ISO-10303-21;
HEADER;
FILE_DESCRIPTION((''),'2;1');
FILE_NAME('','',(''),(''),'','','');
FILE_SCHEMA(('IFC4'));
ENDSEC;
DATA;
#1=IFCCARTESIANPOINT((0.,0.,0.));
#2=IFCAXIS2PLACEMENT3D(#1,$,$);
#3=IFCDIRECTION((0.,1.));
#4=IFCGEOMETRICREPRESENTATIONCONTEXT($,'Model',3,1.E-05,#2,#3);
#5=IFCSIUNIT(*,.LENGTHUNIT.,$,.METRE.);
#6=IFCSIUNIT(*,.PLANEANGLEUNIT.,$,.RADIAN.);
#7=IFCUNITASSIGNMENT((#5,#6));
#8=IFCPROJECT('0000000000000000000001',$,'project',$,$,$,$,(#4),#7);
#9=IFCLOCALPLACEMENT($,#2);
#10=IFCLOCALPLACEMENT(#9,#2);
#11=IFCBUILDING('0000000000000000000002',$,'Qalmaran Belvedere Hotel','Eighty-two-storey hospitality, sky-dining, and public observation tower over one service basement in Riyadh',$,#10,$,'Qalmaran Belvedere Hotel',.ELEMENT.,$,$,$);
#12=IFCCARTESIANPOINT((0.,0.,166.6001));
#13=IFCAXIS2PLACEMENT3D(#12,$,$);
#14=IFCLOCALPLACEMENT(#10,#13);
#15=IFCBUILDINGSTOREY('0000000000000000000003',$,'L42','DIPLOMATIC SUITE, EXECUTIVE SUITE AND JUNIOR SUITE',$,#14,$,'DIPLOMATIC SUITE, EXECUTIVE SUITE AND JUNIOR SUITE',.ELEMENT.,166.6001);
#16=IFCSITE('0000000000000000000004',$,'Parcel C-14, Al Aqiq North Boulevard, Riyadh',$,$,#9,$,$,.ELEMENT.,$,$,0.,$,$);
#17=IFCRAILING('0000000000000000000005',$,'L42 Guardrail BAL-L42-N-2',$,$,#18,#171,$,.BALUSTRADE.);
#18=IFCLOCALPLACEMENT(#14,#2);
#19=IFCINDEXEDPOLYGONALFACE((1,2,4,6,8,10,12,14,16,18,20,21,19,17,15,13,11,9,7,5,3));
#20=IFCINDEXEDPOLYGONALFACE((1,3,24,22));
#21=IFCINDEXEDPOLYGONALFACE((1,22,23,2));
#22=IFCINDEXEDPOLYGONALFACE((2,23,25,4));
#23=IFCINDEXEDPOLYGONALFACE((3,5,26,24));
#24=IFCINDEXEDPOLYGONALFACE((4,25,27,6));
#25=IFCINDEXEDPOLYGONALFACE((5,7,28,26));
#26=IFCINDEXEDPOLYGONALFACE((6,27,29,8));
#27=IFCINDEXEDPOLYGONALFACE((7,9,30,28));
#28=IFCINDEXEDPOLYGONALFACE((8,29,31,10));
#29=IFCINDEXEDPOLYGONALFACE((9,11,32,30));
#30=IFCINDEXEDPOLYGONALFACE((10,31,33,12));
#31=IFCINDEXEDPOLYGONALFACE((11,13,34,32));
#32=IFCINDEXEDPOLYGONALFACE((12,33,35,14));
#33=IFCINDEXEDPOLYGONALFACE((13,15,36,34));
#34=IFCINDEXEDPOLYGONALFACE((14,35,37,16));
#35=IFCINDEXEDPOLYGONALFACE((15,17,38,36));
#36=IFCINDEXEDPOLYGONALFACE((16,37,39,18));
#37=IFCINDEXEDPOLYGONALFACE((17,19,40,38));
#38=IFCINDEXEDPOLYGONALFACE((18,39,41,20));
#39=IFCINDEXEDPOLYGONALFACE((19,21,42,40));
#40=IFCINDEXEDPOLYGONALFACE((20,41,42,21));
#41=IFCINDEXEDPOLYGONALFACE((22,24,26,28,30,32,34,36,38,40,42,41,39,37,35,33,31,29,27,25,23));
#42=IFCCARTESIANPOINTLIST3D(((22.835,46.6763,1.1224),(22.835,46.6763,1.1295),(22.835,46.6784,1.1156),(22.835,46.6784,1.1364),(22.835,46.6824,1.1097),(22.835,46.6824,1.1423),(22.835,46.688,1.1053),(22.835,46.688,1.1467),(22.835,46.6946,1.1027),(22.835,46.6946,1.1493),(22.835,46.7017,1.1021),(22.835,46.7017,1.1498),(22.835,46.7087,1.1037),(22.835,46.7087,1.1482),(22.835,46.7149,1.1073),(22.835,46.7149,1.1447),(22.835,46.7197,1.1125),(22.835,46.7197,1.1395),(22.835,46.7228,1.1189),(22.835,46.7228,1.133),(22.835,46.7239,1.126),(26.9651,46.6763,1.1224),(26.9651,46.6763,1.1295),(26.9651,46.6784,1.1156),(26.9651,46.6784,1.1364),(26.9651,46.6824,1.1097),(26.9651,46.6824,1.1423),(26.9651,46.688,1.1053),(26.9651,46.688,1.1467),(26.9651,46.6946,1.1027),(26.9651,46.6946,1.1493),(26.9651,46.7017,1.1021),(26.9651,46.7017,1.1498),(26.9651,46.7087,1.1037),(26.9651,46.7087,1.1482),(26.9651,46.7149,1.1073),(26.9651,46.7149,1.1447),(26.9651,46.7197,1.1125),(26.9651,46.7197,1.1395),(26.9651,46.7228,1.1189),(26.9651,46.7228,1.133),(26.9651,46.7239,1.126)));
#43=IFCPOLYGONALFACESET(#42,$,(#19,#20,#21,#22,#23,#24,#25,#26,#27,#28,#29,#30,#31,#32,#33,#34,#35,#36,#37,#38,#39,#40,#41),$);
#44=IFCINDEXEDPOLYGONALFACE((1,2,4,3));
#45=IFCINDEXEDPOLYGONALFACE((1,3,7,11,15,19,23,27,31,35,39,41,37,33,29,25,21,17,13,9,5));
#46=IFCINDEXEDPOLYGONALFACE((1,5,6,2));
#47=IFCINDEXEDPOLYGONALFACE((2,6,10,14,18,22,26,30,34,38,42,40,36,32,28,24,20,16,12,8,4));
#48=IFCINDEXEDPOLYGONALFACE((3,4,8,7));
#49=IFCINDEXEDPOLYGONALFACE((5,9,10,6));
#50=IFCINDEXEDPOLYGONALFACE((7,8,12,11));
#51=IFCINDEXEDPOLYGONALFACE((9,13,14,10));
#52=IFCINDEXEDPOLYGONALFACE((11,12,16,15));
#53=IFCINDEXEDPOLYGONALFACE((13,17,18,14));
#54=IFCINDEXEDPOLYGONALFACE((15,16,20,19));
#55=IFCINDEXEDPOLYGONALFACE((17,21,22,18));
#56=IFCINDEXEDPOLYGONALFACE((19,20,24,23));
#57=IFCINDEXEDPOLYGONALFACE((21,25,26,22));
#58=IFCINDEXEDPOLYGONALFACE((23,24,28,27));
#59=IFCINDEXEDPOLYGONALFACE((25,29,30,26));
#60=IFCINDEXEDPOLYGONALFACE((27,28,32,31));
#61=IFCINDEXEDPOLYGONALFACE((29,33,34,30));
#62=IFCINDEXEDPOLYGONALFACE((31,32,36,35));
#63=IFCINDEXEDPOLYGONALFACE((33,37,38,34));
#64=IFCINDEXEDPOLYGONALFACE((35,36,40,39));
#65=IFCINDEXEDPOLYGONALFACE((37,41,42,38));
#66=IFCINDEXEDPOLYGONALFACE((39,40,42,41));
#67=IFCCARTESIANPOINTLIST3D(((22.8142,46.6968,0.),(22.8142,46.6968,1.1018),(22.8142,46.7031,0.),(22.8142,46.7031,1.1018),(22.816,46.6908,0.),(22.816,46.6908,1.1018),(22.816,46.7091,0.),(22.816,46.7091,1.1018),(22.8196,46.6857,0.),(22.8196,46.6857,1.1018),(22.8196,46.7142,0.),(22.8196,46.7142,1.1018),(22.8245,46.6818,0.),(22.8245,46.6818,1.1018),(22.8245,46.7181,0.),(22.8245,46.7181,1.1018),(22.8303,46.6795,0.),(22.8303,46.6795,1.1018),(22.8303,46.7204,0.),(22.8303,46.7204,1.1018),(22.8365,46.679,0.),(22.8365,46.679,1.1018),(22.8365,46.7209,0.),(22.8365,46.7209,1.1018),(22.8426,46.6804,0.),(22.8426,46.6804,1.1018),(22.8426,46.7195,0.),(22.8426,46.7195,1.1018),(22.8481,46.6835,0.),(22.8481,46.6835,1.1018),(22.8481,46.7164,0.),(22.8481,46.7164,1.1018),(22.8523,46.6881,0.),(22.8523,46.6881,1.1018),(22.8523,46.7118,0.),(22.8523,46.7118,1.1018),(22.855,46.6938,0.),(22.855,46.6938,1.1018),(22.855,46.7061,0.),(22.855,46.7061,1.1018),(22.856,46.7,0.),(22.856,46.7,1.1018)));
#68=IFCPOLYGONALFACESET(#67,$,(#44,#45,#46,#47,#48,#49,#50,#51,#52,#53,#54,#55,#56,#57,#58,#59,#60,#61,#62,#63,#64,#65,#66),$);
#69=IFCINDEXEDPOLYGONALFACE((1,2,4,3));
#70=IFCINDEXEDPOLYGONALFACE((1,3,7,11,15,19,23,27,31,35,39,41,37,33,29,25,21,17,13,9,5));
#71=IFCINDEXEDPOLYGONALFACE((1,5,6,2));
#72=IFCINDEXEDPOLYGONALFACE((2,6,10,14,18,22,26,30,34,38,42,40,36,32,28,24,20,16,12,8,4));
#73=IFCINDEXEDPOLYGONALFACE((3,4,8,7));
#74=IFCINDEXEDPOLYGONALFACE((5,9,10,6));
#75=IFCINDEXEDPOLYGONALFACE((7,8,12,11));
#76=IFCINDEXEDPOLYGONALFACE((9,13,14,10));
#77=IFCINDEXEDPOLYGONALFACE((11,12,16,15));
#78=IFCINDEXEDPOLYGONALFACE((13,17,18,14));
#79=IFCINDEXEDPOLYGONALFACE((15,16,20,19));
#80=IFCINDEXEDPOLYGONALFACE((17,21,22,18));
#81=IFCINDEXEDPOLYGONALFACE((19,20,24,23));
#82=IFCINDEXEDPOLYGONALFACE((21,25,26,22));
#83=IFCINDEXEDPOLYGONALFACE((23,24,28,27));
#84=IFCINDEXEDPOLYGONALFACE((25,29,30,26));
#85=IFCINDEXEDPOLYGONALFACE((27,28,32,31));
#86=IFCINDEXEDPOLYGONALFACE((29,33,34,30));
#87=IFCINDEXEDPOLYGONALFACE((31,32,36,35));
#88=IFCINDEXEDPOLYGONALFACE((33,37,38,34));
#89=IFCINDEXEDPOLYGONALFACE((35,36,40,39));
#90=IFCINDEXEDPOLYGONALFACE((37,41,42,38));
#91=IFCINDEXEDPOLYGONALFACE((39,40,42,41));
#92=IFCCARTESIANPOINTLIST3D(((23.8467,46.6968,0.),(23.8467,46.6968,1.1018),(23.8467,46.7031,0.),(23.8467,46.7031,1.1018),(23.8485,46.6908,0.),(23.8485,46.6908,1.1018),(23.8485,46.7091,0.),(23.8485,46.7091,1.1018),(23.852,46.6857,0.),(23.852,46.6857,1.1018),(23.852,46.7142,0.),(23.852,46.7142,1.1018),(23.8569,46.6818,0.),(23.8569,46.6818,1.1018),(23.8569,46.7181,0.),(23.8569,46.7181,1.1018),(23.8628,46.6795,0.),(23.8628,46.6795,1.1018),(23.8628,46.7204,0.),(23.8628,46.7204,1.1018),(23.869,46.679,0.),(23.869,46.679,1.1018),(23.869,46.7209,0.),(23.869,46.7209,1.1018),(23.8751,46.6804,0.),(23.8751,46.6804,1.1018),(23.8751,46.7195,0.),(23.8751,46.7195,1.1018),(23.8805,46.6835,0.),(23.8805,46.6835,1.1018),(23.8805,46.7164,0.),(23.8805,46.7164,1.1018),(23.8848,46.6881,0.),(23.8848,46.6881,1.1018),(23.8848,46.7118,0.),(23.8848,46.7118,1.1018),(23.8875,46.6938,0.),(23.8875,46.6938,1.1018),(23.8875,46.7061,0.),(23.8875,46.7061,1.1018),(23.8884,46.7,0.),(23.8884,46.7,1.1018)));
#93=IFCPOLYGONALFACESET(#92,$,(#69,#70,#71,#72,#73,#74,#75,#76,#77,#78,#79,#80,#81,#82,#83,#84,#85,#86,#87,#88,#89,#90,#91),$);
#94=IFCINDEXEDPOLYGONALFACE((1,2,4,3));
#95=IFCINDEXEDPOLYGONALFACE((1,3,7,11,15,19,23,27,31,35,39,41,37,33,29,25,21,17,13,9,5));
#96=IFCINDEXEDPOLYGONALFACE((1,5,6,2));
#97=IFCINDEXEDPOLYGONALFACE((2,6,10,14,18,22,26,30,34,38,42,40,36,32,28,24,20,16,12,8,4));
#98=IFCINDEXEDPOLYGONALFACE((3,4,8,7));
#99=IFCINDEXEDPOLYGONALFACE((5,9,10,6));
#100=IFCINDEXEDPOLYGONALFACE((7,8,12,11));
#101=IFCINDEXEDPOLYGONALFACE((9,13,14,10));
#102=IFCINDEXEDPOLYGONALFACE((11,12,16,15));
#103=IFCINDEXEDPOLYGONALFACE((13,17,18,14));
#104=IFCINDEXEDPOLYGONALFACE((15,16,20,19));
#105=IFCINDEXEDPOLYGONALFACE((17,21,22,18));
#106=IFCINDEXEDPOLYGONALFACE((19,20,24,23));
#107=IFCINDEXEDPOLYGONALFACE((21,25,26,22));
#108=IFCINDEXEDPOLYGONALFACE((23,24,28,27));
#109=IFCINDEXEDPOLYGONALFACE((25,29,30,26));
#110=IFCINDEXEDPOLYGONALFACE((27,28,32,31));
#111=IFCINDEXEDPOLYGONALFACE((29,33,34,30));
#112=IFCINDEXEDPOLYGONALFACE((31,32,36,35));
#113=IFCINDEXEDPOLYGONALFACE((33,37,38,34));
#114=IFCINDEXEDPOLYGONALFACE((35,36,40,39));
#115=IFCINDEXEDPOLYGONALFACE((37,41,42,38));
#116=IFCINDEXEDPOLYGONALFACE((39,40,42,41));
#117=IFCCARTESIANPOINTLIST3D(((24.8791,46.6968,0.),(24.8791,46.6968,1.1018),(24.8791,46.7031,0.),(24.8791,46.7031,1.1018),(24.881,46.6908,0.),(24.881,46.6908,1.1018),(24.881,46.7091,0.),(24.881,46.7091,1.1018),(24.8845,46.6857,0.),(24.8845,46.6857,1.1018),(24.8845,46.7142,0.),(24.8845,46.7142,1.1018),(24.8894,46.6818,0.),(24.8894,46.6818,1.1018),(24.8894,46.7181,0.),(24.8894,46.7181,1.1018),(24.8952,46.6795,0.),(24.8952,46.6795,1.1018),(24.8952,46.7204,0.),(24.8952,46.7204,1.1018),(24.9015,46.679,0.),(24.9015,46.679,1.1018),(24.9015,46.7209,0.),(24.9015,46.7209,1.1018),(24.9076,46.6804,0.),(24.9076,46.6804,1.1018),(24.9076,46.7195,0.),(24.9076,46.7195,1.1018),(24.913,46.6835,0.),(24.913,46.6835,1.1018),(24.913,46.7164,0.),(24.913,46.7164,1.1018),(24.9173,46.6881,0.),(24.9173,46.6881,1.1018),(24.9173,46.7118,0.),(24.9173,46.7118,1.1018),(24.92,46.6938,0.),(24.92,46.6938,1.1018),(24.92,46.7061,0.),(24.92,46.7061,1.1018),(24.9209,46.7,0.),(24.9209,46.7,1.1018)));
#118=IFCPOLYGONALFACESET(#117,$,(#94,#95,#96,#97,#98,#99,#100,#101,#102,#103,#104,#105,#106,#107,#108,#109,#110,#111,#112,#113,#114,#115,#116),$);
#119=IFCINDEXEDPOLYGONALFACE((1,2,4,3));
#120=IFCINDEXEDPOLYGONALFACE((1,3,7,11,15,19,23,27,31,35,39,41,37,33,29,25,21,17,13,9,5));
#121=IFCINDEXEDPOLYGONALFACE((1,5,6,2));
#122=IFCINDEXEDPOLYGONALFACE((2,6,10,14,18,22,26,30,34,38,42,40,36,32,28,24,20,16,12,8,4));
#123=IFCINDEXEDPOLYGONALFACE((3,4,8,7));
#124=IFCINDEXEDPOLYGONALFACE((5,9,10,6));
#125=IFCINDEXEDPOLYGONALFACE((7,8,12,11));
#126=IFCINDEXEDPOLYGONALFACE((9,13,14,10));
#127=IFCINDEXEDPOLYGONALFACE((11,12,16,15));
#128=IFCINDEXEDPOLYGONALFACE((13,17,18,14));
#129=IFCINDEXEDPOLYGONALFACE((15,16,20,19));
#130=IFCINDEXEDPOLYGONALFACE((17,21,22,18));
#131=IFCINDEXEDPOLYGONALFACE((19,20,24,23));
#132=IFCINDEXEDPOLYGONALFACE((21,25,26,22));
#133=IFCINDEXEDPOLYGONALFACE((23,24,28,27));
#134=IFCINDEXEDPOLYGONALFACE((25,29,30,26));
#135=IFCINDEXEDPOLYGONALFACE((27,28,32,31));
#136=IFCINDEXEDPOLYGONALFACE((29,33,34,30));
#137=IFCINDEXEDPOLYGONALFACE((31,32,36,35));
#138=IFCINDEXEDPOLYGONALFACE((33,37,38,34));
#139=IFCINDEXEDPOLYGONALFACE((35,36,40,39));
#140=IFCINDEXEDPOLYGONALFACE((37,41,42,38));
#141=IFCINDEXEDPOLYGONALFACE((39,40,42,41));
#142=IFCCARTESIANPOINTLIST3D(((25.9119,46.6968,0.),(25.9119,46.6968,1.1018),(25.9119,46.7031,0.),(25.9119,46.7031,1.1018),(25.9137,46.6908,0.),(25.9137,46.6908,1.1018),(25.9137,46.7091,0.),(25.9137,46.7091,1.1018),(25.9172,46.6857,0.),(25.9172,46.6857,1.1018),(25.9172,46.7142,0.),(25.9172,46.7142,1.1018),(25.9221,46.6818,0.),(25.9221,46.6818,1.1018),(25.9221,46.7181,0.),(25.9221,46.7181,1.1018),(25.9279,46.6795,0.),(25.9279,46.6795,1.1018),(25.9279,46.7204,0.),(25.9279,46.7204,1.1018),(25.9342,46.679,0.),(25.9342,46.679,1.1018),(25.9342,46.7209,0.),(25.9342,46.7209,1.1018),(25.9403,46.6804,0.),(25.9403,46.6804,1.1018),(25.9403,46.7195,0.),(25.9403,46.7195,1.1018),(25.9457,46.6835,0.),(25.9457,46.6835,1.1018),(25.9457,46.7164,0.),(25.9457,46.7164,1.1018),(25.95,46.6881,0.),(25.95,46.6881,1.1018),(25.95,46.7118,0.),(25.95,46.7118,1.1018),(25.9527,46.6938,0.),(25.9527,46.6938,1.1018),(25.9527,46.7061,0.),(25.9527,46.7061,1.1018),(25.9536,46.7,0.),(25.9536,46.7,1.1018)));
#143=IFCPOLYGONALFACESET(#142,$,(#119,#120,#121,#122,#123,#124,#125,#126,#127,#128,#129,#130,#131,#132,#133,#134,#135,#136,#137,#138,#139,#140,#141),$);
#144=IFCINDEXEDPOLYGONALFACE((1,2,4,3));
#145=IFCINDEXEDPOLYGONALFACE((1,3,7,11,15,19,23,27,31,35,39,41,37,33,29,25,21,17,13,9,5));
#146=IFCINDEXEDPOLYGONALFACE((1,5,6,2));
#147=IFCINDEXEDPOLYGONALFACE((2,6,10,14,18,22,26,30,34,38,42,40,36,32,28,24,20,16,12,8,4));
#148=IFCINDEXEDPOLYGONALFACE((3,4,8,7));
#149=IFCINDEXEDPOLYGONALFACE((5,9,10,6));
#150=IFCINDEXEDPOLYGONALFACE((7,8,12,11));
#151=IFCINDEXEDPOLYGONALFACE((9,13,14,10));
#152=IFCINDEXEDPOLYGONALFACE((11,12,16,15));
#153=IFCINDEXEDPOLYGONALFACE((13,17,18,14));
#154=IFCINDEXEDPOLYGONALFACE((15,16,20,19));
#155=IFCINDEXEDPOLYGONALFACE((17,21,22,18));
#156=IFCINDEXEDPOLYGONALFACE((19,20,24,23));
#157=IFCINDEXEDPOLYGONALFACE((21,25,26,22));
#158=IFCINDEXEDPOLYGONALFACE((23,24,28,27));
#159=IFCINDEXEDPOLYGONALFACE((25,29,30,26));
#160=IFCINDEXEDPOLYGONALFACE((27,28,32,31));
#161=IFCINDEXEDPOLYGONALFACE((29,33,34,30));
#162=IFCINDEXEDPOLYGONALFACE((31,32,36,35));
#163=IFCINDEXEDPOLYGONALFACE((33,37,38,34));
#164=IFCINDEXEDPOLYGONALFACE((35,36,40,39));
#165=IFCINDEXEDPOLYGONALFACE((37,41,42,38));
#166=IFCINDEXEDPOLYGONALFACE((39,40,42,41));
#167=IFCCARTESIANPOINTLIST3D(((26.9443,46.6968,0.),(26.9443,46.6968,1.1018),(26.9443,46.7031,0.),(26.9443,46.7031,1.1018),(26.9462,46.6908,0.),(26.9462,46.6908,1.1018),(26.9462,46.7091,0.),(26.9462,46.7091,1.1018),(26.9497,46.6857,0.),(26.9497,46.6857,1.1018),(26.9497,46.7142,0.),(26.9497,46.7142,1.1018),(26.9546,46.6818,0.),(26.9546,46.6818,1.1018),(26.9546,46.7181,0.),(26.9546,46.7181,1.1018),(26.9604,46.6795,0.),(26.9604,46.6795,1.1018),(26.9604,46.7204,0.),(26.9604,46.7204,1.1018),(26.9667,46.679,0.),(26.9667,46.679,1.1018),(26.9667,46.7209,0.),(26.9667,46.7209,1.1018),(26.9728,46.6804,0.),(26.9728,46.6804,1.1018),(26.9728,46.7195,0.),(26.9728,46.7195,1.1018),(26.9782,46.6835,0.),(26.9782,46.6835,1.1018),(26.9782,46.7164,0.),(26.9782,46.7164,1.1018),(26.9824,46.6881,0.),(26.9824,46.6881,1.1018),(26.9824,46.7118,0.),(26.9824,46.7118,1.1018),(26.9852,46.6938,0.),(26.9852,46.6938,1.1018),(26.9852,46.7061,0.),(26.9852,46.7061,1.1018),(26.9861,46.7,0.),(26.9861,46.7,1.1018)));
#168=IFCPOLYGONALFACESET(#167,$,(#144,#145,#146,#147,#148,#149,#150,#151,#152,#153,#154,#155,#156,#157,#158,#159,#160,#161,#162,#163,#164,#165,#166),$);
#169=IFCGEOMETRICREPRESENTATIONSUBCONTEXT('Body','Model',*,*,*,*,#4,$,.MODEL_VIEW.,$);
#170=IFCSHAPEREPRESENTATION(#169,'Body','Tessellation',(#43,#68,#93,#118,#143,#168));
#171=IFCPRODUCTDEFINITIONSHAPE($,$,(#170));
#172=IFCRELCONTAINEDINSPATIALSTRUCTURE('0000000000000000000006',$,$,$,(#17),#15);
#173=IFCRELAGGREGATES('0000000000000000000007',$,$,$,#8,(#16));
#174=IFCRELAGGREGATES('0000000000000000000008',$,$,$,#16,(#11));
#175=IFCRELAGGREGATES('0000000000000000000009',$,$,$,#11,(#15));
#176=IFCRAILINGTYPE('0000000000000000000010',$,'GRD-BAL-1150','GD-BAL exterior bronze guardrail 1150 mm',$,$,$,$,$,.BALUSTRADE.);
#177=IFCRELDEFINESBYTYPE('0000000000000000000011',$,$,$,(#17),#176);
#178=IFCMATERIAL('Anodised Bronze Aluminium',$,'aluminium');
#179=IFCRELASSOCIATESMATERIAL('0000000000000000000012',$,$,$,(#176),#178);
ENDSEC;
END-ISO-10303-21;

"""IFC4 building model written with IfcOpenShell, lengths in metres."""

from ifc_helpers import new_model, si_unit, direction, frame, origin, origin_2d, place, context, subcontext, project, spatial, circle, extrude, material, type_object, element, save


model = new_model("IFC4")

# Units and contexts
model_context = context("Model", 3, precision=1e-05, world=origin(), true_north=direction((0.0, 1.0)))
body_context = subcontext(model_context, "Body", "Model", "MODEL_VIEW")
ifc_project = project(units=[si_unit("LENGTHUNIT", "METRE"), si_unit("PLANEANGLEUNIT", "RADIAN")], contexts=[model_context])

# Site, building, storey
site_placement = place(None, origin())
site = spatial("IfcSite", under=ifc_project, at=site_placement, Name="Parcel C-14, Al Aqiq North Boulevard, Riyadh", CompositionType="ELEMENT", RefElevation=0.0)
building_placement = place(site_placement, origin())
building = spatial("IfcBuilding", under=site, at=building_placement, Name="Qalmaran Belvedere Hotel", Description="Eighty-two-storey hospitality, sky-dining, and public observation tower over one service basement in Riyadh", LongName="Qalmaran Belvedere Hotel", CompositionType="ELEMENT")
storey_placement = place(building_placement, frame((0.0, 0.0, 166.6001)))
storey = spatial("IfcBuildingStorey", under=building, at=storey_placement, Name="L42", Description="DIPLOMATIC SUITE, EXECUTIVE SUITE AND JUNIOR SUITE", LongName="DIPLOMATIC SUITE, EXECUTIVE SUITE AND JUNIOR SUITE", CompositionType="ELEMENT", Elevation=166.6001)

# Shared definitions
ifc_material_1 = material(Name="Anodised Bronze Aluminium", Category="aluminium")

# Railing
railing_type = type_object("IfcRailingType", Name="GRD-BAL-1150", Description="GD-BAL exterior bronze guardrail 1150 mm", PredefinedType="BALUSTRADE", material=ifc_material_1)
railing_1_placement = place(storey_placement, frame((22.835, 46.7, 0.0)))
element("IfcRailing", 1, at=railing_1_placement, inside=storey, type_object=railing_type, Name="L42 Guardrail BAL-L42-N-2", PredefinedType="BALUSTRADE", context=body_context, shape_type="SweptSolid", body=[
    extrude(circle(Radius=0.0239, at=origin_2d()), frame((0.0, 0.0, 1.126), z_axis=(1.0, 0.0, 0.0), x_axis=(0.0, 1.0, 0.0)), (0.0, 0.0, 1.0), 4.1301),
    extrude(circle(Radius=0.021, at=origin_2d()), origin(), (0.0, 0.0, 1.0), 1.1018),
    extrude(circle(Radius=0.021, at=origin_2d()), frame((1.0325, 0.0, 0.0)), (0.0, 0.0, 1.0), 1.1018),
    extrude(circle(Radius=0.021, at=origin_2d()), frame((2.0649, 0.0, 0.0)), (0.0, 0.0, 1.0), 1.1018),
    extrude(circle(Radius=0.021, at=origin_2d()), frame((3.0977, 0.0, 0.0)), (0.0, 0.0, 1.0), 1.1018),
    extrude(circle(Radius=0.021, at=origin_2d()), frame((4.1301, 0.0, 0.0)), (0.0, 0.0, 1.0), 1.1018),
])

save(model, "model.ifc")
